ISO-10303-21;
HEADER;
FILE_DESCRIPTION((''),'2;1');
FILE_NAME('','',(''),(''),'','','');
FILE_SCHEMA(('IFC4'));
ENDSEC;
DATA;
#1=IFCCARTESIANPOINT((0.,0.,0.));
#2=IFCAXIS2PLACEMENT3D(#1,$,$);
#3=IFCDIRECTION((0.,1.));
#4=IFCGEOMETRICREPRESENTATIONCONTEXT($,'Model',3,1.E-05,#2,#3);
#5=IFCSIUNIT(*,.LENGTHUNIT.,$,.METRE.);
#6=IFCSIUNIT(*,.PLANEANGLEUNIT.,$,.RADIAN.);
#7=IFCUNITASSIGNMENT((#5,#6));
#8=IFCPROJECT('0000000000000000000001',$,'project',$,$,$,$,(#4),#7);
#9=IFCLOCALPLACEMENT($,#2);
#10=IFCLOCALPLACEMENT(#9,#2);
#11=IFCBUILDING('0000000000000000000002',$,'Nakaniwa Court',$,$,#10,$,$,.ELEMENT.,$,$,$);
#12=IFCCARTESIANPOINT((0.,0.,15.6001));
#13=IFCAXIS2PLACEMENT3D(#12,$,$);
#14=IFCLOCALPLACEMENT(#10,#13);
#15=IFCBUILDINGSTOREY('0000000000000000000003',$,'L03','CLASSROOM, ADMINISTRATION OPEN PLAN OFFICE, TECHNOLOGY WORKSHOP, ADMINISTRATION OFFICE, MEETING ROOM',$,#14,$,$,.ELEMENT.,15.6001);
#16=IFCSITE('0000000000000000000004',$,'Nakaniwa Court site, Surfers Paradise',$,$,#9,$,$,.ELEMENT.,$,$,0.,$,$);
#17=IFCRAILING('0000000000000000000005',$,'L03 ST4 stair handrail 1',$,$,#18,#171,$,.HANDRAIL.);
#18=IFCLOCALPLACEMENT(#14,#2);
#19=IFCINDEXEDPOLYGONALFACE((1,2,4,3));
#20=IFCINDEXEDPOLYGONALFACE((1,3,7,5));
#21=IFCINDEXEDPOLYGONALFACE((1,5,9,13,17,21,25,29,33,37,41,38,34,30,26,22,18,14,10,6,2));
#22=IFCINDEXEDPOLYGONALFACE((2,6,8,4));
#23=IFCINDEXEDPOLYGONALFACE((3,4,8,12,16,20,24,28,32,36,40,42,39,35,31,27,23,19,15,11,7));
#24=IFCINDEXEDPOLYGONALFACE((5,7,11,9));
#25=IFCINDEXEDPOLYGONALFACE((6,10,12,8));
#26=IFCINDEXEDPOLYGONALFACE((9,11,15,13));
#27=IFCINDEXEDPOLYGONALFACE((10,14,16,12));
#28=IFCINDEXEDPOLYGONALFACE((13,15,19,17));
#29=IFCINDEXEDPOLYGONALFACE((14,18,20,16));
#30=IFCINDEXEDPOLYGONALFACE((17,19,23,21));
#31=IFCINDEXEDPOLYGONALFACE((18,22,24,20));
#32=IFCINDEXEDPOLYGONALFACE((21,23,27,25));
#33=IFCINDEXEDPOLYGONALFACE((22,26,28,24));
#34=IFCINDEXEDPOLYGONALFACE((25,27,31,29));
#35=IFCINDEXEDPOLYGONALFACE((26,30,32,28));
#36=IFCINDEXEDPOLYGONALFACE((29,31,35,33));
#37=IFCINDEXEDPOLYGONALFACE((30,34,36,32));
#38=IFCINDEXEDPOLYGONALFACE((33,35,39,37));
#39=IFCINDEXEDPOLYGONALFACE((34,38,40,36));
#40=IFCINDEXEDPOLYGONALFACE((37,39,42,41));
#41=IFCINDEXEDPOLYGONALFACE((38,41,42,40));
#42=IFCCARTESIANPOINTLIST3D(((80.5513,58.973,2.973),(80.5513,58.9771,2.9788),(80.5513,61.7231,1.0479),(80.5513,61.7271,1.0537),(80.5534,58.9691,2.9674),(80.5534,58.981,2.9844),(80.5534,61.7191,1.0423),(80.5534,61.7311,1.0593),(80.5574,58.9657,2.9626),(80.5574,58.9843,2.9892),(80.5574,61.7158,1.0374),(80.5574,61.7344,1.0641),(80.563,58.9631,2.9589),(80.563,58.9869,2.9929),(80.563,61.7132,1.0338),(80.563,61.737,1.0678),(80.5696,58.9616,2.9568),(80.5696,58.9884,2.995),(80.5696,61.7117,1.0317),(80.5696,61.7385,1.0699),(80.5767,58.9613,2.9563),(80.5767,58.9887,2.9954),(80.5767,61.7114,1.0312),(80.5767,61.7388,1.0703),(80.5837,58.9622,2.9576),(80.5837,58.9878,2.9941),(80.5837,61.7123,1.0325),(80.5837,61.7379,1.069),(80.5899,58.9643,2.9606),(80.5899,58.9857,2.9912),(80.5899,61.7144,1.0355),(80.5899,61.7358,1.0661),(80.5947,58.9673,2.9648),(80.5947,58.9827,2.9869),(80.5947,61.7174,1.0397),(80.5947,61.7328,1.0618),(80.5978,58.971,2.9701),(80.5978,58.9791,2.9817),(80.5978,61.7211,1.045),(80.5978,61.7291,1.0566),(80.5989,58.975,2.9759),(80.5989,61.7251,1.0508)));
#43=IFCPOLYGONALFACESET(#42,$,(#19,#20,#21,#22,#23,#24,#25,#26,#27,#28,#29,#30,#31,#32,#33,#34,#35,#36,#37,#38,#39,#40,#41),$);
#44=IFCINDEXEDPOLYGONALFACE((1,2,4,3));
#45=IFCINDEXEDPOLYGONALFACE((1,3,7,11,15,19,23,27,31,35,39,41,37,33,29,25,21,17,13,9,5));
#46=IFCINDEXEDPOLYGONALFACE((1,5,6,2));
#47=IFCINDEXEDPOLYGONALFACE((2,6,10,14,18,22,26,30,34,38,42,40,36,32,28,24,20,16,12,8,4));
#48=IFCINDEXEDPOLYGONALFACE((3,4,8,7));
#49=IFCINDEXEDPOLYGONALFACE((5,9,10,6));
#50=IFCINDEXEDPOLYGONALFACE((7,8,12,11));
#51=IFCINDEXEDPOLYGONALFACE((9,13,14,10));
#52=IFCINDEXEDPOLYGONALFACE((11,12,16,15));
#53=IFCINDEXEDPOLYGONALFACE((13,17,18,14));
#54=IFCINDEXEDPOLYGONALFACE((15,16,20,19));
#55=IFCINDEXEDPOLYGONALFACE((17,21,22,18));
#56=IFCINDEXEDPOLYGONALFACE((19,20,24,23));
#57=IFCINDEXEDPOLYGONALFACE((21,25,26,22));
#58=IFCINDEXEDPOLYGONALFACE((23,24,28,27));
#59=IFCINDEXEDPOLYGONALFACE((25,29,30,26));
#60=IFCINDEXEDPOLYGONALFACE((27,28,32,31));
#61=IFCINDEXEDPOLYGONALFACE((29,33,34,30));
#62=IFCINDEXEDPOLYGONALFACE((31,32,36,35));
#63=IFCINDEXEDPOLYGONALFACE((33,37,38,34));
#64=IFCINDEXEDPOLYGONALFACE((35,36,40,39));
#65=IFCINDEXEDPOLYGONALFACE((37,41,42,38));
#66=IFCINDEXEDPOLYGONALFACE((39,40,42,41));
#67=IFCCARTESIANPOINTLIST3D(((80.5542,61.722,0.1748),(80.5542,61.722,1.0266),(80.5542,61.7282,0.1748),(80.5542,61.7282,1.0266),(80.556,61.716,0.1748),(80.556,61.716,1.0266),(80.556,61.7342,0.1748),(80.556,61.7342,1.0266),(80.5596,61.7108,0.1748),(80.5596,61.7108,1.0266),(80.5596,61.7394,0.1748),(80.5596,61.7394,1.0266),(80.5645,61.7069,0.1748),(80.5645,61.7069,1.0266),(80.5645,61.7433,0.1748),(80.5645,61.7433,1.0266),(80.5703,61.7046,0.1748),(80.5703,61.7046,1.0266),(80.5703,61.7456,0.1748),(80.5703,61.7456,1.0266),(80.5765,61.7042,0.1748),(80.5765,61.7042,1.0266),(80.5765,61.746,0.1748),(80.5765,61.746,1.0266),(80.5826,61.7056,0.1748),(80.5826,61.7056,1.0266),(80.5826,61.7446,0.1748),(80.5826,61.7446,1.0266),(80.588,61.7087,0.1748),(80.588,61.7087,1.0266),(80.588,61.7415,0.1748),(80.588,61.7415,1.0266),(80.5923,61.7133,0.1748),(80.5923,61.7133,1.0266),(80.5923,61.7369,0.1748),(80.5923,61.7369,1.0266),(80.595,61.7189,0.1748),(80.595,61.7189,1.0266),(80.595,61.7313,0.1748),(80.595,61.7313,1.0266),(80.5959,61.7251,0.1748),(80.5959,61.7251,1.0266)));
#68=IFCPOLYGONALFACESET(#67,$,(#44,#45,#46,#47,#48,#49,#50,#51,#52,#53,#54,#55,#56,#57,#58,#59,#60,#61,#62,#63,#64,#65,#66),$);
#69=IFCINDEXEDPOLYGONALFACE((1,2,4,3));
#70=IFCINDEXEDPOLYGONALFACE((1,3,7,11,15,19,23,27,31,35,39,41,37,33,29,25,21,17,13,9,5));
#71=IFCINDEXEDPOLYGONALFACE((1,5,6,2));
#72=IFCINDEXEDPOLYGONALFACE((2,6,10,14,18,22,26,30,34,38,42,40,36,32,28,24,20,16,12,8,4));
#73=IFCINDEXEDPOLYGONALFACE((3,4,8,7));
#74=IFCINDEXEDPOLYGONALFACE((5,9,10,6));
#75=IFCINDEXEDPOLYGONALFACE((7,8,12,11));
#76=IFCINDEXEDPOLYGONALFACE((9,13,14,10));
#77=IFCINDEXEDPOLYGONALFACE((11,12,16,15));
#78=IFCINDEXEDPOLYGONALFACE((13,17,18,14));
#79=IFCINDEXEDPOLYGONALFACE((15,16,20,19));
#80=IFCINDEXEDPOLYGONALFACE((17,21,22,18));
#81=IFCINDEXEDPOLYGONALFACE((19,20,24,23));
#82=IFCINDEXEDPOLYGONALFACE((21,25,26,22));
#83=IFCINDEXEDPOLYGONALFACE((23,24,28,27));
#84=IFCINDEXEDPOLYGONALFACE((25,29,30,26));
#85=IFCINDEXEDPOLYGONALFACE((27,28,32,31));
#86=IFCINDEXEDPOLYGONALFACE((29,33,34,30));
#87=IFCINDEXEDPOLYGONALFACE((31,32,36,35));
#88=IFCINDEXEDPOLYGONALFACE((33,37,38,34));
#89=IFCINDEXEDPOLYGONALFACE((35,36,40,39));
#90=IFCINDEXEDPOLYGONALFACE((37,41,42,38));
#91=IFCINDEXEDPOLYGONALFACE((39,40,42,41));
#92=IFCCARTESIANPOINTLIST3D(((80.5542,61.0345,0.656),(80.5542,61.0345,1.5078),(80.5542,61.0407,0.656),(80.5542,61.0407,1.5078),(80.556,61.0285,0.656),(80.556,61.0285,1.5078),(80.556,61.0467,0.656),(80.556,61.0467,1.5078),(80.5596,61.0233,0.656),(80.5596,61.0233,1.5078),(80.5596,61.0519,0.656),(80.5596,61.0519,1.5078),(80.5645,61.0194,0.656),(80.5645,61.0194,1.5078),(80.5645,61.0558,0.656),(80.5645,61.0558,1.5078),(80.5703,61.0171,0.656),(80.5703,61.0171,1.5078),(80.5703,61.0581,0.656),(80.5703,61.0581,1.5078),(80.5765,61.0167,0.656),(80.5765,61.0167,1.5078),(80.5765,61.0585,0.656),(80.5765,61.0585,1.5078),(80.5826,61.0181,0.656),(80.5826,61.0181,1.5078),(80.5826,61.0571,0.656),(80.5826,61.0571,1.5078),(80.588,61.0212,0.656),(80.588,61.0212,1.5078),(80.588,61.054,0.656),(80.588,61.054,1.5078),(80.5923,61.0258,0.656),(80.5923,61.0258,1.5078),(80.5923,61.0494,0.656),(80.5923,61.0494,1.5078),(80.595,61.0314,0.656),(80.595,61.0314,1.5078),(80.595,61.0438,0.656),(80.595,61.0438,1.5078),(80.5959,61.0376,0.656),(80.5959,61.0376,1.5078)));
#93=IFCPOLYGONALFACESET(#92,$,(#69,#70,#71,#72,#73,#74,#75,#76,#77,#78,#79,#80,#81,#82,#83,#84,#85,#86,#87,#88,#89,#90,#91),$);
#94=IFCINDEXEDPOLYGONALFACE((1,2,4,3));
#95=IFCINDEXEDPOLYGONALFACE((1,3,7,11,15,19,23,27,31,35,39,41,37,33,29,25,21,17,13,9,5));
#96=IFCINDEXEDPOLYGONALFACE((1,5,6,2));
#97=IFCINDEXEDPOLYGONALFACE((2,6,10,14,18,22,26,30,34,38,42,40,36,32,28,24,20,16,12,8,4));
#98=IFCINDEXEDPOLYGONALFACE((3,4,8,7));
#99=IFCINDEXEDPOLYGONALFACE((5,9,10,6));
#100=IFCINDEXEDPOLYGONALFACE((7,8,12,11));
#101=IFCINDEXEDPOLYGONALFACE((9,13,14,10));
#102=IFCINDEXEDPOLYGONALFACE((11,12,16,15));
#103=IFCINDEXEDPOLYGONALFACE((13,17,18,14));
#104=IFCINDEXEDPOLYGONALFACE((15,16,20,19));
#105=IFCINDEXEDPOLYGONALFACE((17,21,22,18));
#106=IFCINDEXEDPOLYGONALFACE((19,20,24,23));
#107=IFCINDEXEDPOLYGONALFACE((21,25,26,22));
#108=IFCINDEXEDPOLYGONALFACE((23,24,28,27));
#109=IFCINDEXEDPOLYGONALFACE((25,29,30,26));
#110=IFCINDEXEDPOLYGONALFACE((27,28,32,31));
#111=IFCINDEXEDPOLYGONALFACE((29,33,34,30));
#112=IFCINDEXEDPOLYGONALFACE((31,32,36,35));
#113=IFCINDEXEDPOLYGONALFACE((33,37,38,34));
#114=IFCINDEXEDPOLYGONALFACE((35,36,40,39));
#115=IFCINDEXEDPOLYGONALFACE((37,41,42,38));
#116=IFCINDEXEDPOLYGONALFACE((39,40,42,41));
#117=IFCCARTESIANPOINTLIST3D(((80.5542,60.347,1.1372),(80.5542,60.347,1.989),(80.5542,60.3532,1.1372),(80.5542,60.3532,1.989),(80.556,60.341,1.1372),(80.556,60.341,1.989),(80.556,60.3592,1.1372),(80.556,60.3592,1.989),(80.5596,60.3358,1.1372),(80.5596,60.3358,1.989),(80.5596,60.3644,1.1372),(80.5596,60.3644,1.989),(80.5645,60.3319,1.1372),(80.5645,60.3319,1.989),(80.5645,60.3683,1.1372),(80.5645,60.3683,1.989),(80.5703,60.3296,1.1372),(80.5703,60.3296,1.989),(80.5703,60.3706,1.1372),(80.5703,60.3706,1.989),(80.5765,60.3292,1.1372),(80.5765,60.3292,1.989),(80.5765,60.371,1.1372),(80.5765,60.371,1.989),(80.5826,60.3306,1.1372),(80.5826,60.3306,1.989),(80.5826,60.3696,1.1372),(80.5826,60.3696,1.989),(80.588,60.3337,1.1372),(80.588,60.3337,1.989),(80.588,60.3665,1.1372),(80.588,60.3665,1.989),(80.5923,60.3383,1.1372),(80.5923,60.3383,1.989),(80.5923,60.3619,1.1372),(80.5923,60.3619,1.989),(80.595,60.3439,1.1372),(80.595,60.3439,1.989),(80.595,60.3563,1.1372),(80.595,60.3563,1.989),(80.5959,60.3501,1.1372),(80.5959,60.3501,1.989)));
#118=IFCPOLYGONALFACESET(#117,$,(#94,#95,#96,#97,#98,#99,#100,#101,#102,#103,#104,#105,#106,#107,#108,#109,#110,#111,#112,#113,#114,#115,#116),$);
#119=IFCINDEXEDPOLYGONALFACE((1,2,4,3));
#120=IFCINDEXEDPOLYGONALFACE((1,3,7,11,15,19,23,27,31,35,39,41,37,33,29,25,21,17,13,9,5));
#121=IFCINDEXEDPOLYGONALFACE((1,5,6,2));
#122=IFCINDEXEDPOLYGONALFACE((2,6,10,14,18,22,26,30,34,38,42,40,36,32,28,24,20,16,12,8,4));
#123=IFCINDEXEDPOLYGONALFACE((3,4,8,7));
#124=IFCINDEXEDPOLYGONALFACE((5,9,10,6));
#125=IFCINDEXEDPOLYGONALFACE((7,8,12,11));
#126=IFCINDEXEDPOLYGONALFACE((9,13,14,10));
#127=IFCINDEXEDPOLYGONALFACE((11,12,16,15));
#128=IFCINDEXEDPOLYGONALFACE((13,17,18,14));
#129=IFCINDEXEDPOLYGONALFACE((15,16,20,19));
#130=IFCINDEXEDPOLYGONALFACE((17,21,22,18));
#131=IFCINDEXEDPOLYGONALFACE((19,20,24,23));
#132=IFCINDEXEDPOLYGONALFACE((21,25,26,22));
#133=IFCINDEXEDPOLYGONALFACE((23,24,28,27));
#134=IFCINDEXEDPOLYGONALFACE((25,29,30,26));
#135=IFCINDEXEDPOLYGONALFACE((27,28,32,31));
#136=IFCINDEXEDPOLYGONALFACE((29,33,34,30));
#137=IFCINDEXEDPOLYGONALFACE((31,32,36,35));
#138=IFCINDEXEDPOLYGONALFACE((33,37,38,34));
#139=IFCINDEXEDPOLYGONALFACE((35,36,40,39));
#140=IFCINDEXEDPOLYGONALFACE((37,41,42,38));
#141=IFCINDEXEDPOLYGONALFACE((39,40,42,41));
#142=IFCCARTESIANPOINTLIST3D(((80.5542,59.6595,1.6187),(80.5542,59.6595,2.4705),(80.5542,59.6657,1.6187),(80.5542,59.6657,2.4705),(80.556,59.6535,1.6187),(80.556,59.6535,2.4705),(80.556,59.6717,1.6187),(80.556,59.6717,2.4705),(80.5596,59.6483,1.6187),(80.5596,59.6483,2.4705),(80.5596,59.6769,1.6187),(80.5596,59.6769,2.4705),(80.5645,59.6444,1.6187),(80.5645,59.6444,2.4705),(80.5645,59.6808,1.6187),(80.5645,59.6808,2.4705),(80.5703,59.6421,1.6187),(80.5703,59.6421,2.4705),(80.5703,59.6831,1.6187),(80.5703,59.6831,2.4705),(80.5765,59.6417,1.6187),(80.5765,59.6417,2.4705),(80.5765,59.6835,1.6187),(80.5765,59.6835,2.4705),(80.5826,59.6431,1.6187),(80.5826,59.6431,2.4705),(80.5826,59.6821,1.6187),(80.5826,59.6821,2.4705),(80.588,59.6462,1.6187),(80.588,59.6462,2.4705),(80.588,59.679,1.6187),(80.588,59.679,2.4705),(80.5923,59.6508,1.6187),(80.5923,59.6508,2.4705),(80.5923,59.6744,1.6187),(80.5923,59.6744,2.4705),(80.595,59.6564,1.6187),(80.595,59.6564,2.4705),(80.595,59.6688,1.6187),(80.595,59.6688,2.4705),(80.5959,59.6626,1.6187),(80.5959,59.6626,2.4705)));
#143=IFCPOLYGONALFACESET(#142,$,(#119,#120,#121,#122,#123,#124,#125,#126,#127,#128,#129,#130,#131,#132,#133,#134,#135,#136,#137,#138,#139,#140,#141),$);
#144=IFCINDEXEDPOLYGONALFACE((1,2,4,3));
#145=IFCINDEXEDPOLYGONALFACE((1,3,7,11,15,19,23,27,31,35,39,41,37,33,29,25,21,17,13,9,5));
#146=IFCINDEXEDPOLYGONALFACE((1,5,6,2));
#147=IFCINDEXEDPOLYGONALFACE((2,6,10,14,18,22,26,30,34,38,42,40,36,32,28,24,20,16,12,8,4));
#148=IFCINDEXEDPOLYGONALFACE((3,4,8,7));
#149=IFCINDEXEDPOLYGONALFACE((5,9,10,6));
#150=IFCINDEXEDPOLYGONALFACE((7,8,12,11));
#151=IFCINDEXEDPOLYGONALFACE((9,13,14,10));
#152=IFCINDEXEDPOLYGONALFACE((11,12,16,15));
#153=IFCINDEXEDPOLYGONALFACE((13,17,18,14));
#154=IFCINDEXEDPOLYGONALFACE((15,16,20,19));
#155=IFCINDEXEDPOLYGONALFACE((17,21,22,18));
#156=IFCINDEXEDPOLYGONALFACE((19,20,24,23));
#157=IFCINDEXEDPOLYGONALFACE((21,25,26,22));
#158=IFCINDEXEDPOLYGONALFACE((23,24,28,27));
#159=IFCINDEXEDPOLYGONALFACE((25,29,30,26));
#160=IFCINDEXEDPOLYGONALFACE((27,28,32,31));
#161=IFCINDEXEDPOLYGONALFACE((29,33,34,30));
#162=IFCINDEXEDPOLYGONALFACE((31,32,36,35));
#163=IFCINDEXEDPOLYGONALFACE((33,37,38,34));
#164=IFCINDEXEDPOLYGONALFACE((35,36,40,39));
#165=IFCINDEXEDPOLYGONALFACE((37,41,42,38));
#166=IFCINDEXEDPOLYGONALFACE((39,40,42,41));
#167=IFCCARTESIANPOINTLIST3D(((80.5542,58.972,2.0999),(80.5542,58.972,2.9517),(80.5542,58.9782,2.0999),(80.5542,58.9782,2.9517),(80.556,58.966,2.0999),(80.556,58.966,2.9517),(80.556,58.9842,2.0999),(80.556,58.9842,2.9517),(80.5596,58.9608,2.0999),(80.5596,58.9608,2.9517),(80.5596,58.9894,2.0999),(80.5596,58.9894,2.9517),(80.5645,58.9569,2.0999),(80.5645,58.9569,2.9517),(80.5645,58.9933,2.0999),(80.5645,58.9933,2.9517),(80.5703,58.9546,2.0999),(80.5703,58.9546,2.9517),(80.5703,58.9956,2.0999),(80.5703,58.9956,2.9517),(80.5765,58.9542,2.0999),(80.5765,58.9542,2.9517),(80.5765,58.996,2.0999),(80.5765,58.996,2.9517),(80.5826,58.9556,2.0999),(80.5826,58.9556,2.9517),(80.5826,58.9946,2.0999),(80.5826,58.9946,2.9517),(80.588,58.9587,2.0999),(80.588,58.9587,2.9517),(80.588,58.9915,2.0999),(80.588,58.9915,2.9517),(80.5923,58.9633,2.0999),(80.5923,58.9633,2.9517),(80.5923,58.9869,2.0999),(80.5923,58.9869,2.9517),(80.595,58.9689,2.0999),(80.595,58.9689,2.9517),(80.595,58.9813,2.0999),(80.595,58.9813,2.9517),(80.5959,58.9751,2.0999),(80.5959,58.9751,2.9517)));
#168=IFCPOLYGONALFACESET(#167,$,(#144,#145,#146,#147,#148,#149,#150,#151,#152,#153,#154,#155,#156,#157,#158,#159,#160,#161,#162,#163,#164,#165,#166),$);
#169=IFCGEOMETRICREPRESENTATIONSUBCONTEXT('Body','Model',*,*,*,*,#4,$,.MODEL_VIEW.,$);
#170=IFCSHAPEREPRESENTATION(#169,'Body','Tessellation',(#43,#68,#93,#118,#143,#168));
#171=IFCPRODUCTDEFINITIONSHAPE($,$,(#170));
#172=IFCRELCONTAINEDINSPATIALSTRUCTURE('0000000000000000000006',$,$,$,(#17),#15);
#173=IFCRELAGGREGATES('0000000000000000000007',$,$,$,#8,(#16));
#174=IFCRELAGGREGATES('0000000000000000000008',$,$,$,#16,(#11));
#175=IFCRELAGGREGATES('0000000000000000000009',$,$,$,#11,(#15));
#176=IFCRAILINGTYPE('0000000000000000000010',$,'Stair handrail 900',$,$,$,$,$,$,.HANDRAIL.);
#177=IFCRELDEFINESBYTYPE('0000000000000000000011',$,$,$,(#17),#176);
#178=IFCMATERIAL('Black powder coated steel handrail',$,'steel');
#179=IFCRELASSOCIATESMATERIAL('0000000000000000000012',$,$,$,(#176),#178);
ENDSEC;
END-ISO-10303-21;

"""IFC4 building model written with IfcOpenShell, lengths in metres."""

from ifc_helpers import new_model, si_unit, direction, frame, origin, origin_2d, place, context, subcontext, project, spatial, circle, extrude, material, type_object, element, save


model = new_model("IFC4")

# Units and contexts
model_context = context("Model", 3, precision=1e-05, world=origin(), true_north=direction((0.0, 1.0)))
body_context = subcontext(model_context, "Body", "Model", "MODEL_VIEW")
ifc_project = project(units=[si_unit("LENGTHUNIT", "METRE"), si_unit("PLANEANGLEUNIT", "RADIAN")], contexts=[model_context])

# Site, building, storey
site_placement = place(None, origin())
site = spatial("IfcSite", under=ifc_project, at=site_placement, Name="Nakaniwa Court site, Surfers Paradise", CompositionType="ELEMENT", RefElevation=0.0)
building_placement = place(site_placement, origin())
building = spatial("IfcBuilding", under=site, at=building_placement, Name="Nakaniwa Court", CompositionType="ELEMENT")
storey_placement = place(building_placement, frame((0.0, 0.0, 15.6001)))
storey = spatial("IfcBuildingStorey", under=building, at=storey_placement, Name="L03", Description="CLASSROOM, ADMINISTRATION OPEN PLAN OFFICE, TECHNOLOGY WORKSHOP, ADMINISTRATION OFFICE, MEETING ROOM", CompositionType="ELEMENT", Elevation=15.6001)

# Railing
ifc_material_1 = material(Name="Black powder coated steel handrail", Category="steel")
railing_type_1 = type_object("IfcRailingType", Name="Stair handrail 900", PredefinedType="HANDRAIL", material=ifc_material_1)
railing_1_placement = place(storey_placement, frame((80.575, 61.7251, 0.1748)))
element("IfcRailing", 1, at=railing_1_placement, inside=storey, type_object=railing_type_1, Name="L03 ST4 stair handrail 1", PredefinedType="HANDRAIL", context=body_context, shape_type="SweptSolid", body=[
    extrude(circle(Radius=0.0239, at=origin_2d()), frame((0.0, 0.0, 0.876), z_axis=(0.0, -0.819225, 0.573472), x_axis=(1.0, 0.0, 0.0)), (0.0, 0.0, 1.0), 3.3569),
    extrude(circle(Radius=0.021, at=origin_2d()), origin(), (0.0, 0.0, 1.0), 0.8518),
    extrude(circle(Radius=0.021, at=origin_2d()), frame((0.0, -0.6875, 0.4812)), (0.0, 0.0, 1.0), 0.8518),
    extrude(circle(Radius=0.021, at=origin_2d()), frame((0.0, -1.375, 0.9624)), (0.0, 0.0, 1.0), 0.8518),
    extrude(circle(Radius=0.021, at=origin_2d()), frame((0.0, -2.0625, 1.4438)), (0.0, 0.0, 1.0), 0.8518),
    extrude(circle(Radius=0.021, at=origin_2d()), frame((0.0, -2.75, 1.925)), (0.0, 0.0, 1.0), 0.8518),
])

save(model, "model.ifc")
